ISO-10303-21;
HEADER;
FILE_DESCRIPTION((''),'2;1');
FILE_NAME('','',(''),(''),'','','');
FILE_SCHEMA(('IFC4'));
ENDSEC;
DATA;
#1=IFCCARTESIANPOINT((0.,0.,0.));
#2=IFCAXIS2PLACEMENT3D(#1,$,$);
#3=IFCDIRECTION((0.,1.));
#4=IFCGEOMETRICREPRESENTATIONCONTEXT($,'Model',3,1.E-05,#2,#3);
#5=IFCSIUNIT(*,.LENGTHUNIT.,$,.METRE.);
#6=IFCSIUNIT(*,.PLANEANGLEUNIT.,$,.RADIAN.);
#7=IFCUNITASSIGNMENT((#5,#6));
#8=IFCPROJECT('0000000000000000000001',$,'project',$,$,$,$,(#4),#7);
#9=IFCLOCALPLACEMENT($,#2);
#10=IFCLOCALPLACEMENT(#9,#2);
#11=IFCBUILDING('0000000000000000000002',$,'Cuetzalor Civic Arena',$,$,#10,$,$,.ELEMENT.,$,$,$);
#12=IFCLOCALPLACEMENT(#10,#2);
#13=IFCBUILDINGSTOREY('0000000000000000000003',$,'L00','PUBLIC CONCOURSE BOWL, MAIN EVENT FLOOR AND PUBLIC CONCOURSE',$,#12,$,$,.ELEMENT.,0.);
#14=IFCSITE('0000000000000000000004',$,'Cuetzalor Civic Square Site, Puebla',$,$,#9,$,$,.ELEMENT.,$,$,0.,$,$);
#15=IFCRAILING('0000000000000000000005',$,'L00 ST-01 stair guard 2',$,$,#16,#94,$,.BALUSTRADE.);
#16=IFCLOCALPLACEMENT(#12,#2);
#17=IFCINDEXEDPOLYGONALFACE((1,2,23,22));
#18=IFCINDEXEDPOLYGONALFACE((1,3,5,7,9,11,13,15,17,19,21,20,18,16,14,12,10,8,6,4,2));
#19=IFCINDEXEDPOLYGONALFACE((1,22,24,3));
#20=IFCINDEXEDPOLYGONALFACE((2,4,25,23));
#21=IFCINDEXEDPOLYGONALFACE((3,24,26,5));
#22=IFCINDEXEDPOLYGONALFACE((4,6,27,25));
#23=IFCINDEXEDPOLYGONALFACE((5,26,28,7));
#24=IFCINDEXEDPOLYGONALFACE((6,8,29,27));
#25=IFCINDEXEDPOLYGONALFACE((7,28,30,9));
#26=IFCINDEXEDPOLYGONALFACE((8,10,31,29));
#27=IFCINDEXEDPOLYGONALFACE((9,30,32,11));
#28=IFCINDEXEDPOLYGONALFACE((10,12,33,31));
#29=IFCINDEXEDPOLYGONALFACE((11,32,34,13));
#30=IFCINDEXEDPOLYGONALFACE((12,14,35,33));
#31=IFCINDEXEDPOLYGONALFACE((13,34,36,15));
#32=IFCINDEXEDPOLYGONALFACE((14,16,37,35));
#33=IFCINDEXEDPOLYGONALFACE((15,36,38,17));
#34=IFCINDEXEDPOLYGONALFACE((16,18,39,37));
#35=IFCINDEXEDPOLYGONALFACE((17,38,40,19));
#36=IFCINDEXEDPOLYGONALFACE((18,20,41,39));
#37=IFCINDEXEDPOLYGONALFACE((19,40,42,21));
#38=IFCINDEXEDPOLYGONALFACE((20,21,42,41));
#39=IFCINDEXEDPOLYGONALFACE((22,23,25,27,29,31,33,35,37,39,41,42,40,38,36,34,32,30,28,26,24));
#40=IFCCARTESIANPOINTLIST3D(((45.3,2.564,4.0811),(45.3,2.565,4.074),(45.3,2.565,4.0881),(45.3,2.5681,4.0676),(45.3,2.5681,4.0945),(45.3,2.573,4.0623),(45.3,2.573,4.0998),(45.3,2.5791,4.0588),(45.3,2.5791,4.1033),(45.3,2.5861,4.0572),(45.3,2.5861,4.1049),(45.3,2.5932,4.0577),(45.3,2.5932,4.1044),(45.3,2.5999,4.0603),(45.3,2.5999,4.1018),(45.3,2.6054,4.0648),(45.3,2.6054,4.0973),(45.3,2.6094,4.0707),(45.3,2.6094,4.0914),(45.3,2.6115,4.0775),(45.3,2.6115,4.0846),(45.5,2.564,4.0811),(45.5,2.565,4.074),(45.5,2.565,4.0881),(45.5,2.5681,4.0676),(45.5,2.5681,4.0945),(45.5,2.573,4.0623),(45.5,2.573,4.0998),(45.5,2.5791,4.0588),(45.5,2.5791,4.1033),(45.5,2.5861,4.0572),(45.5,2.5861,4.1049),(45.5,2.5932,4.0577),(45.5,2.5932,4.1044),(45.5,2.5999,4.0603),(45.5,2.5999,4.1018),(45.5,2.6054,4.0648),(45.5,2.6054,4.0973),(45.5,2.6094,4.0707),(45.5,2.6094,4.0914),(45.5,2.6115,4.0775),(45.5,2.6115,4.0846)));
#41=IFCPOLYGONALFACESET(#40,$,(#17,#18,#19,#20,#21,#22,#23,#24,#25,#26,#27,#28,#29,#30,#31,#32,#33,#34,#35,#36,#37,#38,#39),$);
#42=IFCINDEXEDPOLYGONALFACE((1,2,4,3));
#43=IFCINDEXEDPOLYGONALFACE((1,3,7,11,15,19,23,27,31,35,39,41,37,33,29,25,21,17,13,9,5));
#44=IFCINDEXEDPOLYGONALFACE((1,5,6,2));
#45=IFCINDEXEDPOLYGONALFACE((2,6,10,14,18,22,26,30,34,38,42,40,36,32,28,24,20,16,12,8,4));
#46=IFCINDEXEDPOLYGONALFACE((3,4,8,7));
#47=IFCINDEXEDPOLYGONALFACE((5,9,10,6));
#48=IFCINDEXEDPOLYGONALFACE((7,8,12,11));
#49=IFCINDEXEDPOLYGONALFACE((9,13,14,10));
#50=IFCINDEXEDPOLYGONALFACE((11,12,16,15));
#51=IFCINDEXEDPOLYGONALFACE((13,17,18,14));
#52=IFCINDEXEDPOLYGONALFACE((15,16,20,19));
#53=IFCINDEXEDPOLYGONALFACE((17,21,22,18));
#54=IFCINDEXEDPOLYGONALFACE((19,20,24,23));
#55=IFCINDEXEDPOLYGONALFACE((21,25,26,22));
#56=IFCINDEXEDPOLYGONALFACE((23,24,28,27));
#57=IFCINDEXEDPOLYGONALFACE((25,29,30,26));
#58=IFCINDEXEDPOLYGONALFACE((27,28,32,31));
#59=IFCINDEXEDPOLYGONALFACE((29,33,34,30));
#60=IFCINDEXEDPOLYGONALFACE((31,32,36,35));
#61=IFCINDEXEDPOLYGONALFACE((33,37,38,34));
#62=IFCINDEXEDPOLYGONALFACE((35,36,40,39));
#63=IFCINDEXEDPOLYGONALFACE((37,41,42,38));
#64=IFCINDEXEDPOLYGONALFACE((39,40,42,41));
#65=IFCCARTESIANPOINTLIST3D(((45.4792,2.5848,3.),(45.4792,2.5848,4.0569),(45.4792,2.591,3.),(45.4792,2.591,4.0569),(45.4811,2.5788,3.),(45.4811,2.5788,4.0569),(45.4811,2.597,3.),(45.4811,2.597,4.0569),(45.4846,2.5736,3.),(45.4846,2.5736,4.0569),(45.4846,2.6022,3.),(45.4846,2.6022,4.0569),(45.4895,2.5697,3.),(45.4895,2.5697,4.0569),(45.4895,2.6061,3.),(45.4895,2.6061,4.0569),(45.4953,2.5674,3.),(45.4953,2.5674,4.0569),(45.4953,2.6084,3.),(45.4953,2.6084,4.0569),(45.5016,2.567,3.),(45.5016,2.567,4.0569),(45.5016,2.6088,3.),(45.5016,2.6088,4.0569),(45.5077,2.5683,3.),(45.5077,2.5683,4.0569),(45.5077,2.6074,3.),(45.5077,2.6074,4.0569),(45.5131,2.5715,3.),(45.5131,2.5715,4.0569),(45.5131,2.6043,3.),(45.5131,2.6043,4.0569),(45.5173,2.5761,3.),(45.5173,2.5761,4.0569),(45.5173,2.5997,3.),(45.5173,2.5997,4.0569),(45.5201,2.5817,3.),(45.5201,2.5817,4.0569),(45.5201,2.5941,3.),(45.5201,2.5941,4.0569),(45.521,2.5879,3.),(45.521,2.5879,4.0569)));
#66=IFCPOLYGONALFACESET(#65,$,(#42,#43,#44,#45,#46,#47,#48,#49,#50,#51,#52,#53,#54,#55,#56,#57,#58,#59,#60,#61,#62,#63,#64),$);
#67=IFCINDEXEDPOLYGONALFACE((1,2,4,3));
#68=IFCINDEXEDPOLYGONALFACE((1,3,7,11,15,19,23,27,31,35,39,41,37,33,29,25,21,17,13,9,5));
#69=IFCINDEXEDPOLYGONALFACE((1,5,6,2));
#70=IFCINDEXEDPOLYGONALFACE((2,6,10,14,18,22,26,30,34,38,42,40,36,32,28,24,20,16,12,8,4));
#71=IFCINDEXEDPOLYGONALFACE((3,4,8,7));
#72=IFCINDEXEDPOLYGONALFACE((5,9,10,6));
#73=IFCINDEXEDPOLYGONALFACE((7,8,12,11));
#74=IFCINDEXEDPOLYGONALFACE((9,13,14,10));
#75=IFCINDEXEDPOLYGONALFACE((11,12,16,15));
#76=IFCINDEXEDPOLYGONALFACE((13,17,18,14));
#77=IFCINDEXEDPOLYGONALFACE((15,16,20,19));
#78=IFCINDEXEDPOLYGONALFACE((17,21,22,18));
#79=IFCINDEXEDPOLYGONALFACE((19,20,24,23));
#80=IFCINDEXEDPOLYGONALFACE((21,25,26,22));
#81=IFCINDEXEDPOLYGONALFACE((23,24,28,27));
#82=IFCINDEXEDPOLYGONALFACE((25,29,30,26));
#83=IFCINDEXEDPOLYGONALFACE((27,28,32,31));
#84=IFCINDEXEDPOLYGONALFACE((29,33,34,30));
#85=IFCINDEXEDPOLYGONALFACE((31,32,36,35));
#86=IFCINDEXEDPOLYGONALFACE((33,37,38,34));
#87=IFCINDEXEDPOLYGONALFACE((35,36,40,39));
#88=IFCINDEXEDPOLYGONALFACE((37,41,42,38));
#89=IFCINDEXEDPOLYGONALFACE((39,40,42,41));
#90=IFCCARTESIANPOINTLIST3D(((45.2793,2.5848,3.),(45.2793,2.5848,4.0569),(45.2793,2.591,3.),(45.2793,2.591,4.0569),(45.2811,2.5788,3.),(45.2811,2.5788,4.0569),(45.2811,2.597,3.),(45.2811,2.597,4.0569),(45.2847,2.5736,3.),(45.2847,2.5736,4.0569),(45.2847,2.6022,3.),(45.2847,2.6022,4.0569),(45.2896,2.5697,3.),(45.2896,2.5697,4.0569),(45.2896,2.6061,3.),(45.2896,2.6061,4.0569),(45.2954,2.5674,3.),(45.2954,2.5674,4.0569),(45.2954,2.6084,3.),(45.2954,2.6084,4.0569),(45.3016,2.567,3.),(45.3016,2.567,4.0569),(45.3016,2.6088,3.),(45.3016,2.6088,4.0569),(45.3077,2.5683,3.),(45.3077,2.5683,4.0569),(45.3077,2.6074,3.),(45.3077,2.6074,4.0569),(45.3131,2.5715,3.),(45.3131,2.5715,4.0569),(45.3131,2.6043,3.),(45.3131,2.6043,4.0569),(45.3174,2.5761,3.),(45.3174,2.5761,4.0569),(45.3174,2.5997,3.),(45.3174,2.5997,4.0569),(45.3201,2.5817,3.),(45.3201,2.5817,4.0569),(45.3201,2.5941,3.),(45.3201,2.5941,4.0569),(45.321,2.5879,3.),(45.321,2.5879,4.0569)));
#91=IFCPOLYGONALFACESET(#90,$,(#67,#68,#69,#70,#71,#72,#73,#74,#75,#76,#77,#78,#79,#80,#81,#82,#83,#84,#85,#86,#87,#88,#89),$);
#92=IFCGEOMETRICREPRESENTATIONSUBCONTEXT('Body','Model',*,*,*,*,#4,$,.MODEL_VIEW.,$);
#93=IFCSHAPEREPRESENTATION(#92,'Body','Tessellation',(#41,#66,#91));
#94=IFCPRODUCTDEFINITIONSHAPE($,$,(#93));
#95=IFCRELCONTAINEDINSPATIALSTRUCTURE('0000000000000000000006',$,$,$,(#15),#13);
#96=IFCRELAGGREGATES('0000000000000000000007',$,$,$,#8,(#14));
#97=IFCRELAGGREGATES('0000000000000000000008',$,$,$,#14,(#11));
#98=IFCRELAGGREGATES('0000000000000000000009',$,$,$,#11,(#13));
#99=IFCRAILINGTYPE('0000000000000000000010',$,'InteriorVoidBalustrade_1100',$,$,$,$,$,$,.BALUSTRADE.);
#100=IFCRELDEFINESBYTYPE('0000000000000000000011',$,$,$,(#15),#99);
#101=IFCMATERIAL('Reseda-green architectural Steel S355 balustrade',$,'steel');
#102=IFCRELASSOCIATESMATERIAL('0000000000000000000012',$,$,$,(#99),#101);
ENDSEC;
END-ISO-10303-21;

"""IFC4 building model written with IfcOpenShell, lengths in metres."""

from ifc_helpers import new_model, si_unit, direction, frame, origin, origin_2d, place, context, subcontext, project, spatial, circle, extrude, material, type_object, element, save


model = new_model("IFC4")

# Units and contexts
model_context = context("Model", 3, precision=1e-05, world=origin(), true_north=direction((0.0, 1.0)))
body_context = subcontext(model_context, "Body", "Model", "MODEL_VIEW")
ifc_project = project(units=[si_unit("LENGTHUNIT", "METRE"), si_unit("PLANEANGLEUNIT", "RADIAN")], contexts=[model_context])

# Site, building, storey
site_placement = place(None, origin())
site = spatial("IfcSite", under=ifc_project, at=site_placement, Name="Cuetzalor Civic Square Site, Puebla", CompositionType="ELEMENT", RefElevation=0.0)
building_placement = place(site_placement, origin())
building = spatial("IfcBuilding", under=site, at=building_placement, Name="Cuetzalor Civic Arena", CompositionType="ELEMENT")
storey_placement = place(building_placement, origin())
storey = spatial("IfcBuildingStorey", under=building, at=storey_placement, Name="L00", Description="PUBLIC CONCOURSE BOWL, MAIN EVENT FLOOR AND PUBLIC CONCOURSE", CompositionType="ELEMENT", Elevation=0.0)

# Railing
ifc_material_1 = material(Name="Reseda-green architectural Steel S355 balustrade", Category="steel")
railing_type_1 = type_object("IfcRailingType", Name="InteriorVoidBalustrade_1100", PredefinedType="BALUSTRADE", material=ifc_material_1)
railing_1_placement = place(storey_placement, frame((45.5, 2.5879, 3.0)))
element("IfcRailing", 1, at=railing_1_placement, inside=storey, type_object=railing_type_1, Name="L00 ST-01 stair guard 2", PredefinedType="BALUSTRADE", context=body_context, shape_type="SweptSolid", body=[
    extrude(circle(Radius=0.0239, at=origin_2d()), frame((0.0, 0.0, 1.0811), z_axis=(-1.0, 0.0, 0.0), x_axis=(0.0, -1.0, 0.0)), (0.0, 0.0, 1.0), 0.2),
    extrude(circle(Radius=0.021, at=origin_2d()), origin(), (0.0, 0.0, 1.0), 1.0569),
    extrude(circle(Radius=0.021, at=origin_2d()), frame((-0.2, 0.0, 0.0)), (0.0, 0.0, 1.0), 1.0569),
])

save(model, "model.ifc")
